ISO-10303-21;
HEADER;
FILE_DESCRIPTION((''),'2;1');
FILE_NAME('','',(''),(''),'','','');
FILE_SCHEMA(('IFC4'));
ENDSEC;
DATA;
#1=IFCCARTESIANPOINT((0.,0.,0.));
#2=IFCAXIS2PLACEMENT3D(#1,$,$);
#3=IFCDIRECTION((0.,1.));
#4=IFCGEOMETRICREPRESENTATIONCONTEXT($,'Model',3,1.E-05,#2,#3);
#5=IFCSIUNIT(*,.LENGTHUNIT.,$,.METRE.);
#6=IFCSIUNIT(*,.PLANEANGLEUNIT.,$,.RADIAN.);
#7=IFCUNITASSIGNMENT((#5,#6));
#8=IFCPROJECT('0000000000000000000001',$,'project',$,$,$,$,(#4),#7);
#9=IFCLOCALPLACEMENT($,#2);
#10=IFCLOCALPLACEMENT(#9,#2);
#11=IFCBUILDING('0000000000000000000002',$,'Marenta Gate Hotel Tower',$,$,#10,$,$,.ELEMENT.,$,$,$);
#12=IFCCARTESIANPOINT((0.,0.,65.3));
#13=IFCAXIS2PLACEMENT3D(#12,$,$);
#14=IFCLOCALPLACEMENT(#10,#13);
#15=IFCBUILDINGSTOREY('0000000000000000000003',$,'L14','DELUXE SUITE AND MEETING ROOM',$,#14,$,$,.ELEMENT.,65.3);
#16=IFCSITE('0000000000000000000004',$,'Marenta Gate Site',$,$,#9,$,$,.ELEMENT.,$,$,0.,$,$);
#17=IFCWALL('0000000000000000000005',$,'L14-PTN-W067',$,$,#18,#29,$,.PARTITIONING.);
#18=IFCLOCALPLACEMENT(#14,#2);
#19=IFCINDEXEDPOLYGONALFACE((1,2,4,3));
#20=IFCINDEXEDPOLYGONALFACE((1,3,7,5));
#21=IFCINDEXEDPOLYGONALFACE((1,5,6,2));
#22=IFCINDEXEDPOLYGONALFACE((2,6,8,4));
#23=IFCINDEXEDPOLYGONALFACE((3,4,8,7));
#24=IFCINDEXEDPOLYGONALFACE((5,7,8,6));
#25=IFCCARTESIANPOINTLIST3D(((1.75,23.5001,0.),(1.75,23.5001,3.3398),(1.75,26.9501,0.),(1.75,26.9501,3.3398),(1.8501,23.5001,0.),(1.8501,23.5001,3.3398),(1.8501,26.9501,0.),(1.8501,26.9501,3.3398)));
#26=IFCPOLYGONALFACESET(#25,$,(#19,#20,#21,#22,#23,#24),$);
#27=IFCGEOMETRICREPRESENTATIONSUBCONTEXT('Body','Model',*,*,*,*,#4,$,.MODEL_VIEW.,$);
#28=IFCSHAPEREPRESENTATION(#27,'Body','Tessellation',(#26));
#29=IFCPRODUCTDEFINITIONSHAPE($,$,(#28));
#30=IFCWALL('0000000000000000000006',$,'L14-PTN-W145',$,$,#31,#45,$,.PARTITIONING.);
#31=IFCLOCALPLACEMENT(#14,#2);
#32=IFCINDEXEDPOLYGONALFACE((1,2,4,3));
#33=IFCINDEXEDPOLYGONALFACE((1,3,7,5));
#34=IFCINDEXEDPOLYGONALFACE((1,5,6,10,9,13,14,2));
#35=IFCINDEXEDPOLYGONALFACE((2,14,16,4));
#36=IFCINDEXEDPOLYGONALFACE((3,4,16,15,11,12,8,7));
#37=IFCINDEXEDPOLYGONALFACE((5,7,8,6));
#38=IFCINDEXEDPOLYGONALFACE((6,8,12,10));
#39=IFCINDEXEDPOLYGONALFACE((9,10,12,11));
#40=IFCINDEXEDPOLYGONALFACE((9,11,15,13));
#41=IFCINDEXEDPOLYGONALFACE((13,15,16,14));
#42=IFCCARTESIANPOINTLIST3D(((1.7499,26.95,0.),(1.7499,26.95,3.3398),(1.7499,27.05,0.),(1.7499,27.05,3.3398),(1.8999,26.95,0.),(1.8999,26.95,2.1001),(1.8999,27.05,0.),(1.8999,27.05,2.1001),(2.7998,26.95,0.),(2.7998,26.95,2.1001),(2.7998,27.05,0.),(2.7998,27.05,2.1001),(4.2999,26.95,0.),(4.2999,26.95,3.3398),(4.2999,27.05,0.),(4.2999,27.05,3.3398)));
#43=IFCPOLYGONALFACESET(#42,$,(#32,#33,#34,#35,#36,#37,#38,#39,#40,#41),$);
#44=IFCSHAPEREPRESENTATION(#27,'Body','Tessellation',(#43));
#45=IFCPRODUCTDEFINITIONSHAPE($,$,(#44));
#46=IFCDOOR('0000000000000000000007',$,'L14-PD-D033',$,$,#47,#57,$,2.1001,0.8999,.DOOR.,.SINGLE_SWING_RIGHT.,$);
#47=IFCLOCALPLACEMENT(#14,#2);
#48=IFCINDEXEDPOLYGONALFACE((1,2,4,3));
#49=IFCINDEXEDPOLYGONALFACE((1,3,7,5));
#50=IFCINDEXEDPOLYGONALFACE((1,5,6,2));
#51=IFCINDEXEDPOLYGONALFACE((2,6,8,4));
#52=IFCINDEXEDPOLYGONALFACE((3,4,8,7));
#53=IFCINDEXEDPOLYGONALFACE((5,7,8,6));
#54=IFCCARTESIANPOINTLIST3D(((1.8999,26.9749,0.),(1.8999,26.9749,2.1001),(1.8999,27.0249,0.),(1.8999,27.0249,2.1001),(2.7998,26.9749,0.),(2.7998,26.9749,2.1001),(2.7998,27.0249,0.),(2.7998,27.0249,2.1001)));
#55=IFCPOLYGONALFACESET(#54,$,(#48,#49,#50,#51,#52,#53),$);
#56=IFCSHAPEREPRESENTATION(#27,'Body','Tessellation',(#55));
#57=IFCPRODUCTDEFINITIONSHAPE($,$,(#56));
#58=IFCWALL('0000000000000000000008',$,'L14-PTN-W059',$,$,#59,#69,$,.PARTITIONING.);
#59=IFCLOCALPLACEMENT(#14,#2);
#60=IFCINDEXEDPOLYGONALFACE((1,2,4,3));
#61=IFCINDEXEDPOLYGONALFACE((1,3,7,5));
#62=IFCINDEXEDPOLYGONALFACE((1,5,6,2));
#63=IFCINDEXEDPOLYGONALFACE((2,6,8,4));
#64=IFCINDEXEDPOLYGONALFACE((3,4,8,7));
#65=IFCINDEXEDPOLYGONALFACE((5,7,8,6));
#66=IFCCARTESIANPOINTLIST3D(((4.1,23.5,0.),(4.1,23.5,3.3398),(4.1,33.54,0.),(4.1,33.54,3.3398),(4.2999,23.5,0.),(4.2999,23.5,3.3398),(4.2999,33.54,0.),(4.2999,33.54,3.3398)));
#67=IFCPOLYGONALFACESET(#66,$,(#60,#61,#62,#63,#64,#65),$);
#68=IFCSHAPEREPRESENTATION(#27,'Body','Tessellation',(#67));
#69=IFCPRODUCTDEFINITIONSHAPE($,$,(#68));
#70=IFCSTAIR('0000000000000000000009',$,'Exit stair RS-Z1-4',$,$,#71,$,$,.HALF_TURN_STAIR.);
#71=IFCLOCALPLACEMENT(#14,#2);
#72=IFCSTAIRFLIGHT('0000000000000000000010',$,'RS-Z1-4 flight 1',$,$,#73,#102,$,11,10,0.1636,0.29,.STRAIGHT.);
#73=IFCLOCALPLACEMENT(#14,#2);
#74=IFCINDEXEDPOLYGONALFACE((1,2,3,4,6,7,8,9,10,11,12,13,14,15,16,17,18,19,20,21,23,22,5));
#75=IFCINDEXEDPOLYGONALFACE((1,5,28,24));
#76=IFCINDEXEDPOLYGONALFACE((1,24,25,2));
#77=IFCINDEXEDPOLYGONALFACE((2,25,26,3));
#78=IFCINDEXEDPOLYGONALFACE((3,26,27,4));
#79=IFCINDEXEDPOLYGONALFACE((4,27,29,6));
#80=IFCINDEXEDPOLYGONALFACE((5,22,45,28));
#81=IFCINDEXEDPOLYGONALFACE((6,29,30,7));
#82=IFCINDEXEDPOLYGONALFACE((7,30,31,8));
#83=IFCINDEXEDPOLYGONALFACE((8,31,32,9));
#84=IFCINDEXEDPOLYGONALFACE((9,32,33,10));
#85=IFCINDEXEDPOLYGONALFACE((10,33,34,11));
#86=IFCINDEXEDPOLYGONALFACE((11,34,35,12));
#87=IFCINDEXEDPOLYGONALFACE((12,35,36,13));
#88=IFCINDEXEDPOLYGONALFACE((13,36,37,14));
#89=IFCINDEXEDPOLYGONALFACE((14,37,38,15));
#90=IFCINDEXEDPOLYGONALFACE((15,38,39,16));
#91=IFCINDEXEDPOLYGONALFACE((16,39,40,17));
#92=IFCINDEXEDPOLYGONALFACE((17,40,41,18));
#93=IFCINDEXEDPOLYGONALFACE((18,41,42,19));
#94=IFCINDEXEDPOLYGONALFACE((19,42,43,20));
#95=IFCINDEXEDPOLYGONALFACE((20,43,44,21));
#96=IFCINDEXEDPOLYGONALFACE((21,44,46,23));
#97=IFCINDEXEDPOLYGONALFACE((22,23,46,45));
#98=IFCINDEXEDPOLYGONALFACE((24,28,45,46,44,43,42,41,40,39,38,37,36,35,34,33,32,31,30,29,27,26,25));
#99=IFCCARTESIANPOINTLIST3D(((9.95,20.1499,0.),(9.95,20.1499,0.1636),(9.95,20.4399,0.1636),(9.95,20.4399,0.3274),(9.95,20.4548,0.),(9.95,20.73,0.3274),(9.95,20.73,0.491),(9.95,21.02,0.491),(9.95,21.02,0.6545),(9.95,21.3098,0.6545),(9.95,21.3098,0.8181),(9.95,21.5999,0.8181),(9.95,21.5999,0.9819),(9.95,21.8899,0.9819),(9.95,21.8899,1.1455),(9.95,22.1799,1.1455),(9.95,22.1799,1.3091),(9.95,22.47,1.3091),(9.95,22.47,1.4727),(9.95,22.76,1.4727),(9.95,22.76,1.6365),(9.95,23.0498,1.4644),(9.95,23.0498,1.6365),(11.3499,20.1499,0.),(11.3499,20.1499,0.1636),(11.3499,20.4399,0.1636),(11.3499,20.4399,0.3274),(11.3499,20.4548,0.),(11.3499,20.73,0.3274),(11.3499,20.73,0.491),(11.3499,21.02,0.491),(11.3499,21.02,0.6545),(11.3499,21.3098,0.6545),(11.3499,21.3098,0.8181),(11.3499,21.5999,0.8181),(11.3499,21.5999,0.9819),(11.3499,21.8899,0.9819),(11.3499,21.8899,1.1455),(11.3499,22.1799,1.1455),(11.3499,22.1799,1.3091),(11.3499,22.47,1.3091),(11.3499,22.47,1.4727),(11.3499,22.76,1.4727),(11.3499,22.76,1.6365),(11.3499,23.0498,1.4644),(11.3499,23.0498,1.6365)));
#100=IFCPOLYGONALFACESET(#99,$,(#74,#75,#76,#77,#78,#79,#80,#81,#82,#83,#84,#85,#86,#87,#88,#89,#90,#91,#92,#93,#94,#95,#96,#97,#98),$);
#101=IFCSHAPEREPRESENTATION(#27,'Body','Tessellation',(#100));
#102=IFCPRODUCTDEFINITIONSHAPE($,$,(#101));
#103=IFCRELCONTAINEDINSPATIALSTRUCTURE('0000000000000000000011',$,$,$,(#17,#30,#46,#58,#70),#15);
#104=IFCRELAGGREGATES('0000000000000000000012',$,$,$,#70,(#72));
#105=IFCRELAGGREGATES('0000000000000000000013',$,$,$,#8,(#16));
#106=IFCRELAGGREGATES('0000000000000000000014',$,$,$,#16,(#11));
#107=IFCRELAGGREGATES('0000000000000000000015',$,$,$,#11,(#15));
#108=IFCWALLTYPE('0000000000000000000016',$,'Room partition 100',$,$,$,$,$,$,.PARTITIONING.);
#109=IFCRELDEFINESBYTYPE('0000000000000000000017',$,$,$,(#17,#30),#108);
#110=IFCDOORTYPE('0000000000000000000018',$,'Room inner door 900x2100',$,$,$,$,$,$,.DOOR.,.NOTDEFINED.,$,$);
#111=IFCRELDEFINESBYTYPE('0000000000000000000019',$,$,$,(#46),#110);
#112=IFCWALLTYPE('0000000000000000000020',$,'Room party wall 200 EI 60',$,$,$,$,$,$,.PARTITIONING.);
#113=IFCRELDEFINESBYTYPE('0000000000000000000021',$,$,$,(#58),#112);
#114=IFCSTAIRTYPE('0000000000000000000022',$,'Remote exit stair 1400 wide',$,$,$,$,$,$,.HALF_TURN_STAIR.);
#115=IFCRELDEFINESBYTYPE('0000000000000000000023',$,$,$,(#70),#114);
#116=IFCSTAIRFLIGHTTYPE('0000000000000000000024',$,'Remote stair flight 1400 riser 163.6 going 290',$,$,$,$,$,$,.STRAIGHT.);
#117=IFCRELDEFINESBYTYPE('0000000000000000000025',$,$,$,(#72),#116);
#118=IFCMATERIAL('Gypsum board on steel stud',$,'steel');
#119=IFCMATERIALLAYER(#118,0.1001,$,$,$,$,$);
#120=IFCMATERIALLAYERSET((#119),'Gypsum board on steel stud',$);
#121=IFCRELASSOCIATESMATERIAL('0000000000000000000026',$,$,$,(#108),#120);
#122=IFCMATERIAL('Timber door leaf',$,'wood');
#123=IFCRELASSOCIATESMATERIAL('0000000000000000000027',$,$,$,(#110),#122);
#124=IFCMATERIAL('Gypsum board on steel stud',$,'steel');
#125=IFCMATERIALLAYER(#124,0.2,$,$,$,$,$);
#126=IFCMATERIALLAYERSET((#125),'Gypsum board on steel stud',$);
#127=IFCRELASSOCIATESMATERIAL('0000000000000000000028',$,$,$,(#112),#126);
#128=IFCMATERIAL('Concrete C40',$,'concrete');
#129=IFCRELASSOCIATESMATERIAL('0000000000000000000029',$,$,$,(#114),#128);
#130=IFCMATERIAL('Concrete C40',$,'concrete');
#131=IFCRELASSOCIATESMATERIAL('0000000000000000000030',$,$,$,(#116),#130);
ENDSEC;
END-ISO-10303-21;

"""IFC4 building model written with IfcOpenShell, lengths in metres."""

from ifc_helpers import new_model, si_unit, direction, frame, frame_2d, origin, place, context, subcontext, project, spatial, polyline, rectangle, outline, extrude, material, layer, layer_set, type_object, element, fill, aggregate, save


model = new_model("IFC4")

# Units and contexts
model_context = context("Model", 3, precision=1e-05, world=origin(), true_north=direction((0.0, 1.0)))
body_context = subcontext(model_context, "Body", "Model", "MODEL_VIEW")
ifc_project = project(units=[si_unit("LENGTHUNIT", "METRE"), si_unit("PLANEANGLEUNIT", "RADIAN")], contexts=[model_context])

# Site, building, storey
site_placement = place(None, origin())
site = spatial("IfcSite", under=ifc_project, at=site_placement, Name="Marenta Gate Site", CompositionType="ELEMENT", RefElevation=0.0)
building_placement = place(site_placement, origin())
building = spatial("IfcBuilding", under=site, at=building_placement, Name="Marenta Gate Hotel Tower", CompositionType="ELEMENT")
storey_placement = place(building_placement, frame((0.0, 0.0, 65.3)))
storey = spatial("IfcBuildingStorey", under=building, at=storey_placement, Name="L14", Description="DELUXE SUITE AND MEETING ROOM", CompositionType="ELEMENT", Elevation=65.3)

# Wall
ifc_material_1 = material(Name="Gypsum board on steel stud", Category="steel")
ifc_layer_1 = layer(ifc_material_1, 0.1001)
ifc_layer_set_1 = layer_set([ifc_layer_1], Name="Gypsum board on steel stud")
wall_type_1 = type_object("IfcWallType", Name="Room partition 100", PredefinedType="PARTITIONING", material=ifc_layer_set_1)
wall_1_placement = place(storey_placement, frame((1.8, 23.5, 0.0), z_axis=(0.0, 0.0, 1.0), x_axis=(0.0, 1.0, 0.0)))
element("IfcWall", 1, at=wall_1_placement, inside=storey, type_object=wall_type_1, Name="L14-PTN-W067", PredefinedType="PARTITIONING", context=body_context, shape_type="SweptSolid", body=[
    extrude(rectangle(XDim=3.45, YDim=0.1001, at=frame_2d((1.7251, 0.0))), origin(), (0.0, 0.0, 1.0), 3.3398),
])

# Wall, opening, door
wall_2_placement = place(storey_placement, frame((1.75, 27.0, 0.0), z_axis=(0.0, 0.0, 1.0), x_axis=(1.0, 0.0, 0.0)))
wall_2 = element("IfcWall", 2, at=wall_2_placement, inside=storey, type_object=wall_type_1, Name="L14-PTN-W145", PredefinedType="PARTITIONING", context=body_context, shape_type="SweptSolid", body=[
    extrude(rectangle(XDim=2.55, YDim=0.1001, at=frame_2d((1.2749, 0.0))), origin(), (0.0, 0.0, 1.0), 3.3398),
])
opening_1_placement = place(wall_2_placement, frame((0.1499, 0.0, 0.0)))
opening_1 = element("IfcOpeningElement", 3, at=opening_1_placement, cuts=wall_2, PredefinedType="OPENING", context=body_context, shape_type="SweptSolid", body=[
    extrude(rectangle(XDim=0.8999, YDim=2.1001, at=frame_2d((0.45, 1.05))), frame((0.0, 0.05, 0.0), z_axis=(0.0, -1.0, 0.0), x_axis=(1.0, 0.0, 0.0)), (0.0, 0.0, 1.0), 0.1001),
])
ifc_material_2 = material(Name="Timber door leaf", Category="wood")
door_type_1 = type_object("IfcDoorType", Name="Room inner door 900x2100", OperationType="NOTDEFINED", PredefinedType="DOOR", material=ifc_material_2)
door_1_placement = place(opening_1_placement, origin())
door_1 = element("IfcDoor", 4, at=door_1_placement, inside=storey, type_object=door_type_1, Name="L14-PD-D033", OperationType="SINGLE_SWING_RIGHT", OverallHeight=2.1001, OverallWidth=0.8999, PredefinedType="DOOR", context=body_context, shape_type="SweptSolid", body=[
    extrude(rectangle(XDim=0.8999, YDim=2.1001, at=frame_2d((0.45, 1.05))), frame((0.0, 0.0249, 0.0), z_axis=(0.0, -1.0, 0.0), x_axis=(1.0, 0.0, 0.0)), (0.0, 0.0, 1.0), 0.05),
])
fill(opening_1, door_1)

# Wall
ifc_material_3 = material(Name="Gypsum board on steel stud", Category="steel")
ifc_layer_2 = layer(ifc_material_3, 0.2)
ifc_layer_set_2 = layer_set([ifc_layer_2], Name="Gypsum board on steel stud")
wall_type_2 = type_object("IfcWallType", Name="Room party wall 200 EI 60", PredefinedType="PARTITIONING", material=ifc_layer_set_2)
wall_3_placement = place(storey_placement, frame((4.2, 23.5, 0.0), z_axis=(0.0, 0.0, 1.0), x_axis=(0.0, 1.0, 0.0)))
element("IfcWall", 5, at=wall_3_placement, inside=storey, type_object=wall_type_2, Name="L14-PTN-W059", PredefinedType="PARTITIONING", context=body_context, shape_type="SweptSolid", body=[
    extrude(rectangle(XDim=10.04, YDim=0.2, at=frame_2d((5.02, 0.0))), origin(), (0.0, 0.0, 1.0), 3.3398),
])

# Stair, stair flight
ifc_material_4 = material(Name="Concrete C40", Category="concrete")
stair_type = type_object("IfcStairType", Name="Remote exit stair 1400 wide", PredefinedType="HALF_TURN_STAIR", material=ifc_material_4)
stair_placement = place(storey_placement, origin())
stair = element("IfcStair", 6, at=stair_placement, inside=storey, type_object=stair_type, Name="Exit stair RS-Z1-4", PredefinedType="HALF_TURN_STAIR")
ifc_material_5 = material(Name="Concrete C40", Category="concrete")
stair_flight_type = type_object("IfcStairFlightType", Name="Remote stair flight 1400 riser 163.6 going 290", PredefinedType="STRAIGHT", material=ifc_material_5)
stair_flight_placement = place(storey_placement, frame((10.6499, 20.1499, 0.0), z_axis=(0.0, 0.0, 1.0), x_axis=(0.0, 1.0, 0.0)))
stair_flight = element("IfcStairFlight", 7, at=stair_flight_placement, type_object=stair_flight_type, Name="RS-Z1-4 flight 1", NumberOfRisers=11, NumberOfTreads=10, PredefinedType="STRAIGHT", RiserHeight=0.1636, TreadLength=0.29, context=body_context, shape_type="SweptSolid", body=[
    extrude(outline(polyline([(0.0, 0.0), (0.0, 0.1636), (0.29, 0.1636), (0.29, 0.3274), (0.5801, 0.3274), (0.5801, 0.491), (0.8701, 0.491), (0.8701, 0.6545), (1.1599, 0.6545), (1.1599, 0.8181), (1.45, 0.8181), (1.45, 0.9819), (1.74, 0.9819), (1.74, 1.1455), (2.03, 1.1455), (2.03, 1.3091), (2.3201, 1.3091), (2.3201, 1.4727), (2.6101, 1.4727), (2.6101, 1.6365), (2.8999, 1.6365), (2.8999, 1.8), (2.8999, 1.4644), (0.3049, 0.0), (0.0, 0.0)])), frame((0.0, 0.7, 0.0), z_axis=(0.0, -1.0, 0.0), x_axis=(1.0, 0.0, 0.0)), (0.0, 0.0, 1.0), 1.3999),
])
aggregate(stair, [stair_flight])

save(model, "model.ifc")
